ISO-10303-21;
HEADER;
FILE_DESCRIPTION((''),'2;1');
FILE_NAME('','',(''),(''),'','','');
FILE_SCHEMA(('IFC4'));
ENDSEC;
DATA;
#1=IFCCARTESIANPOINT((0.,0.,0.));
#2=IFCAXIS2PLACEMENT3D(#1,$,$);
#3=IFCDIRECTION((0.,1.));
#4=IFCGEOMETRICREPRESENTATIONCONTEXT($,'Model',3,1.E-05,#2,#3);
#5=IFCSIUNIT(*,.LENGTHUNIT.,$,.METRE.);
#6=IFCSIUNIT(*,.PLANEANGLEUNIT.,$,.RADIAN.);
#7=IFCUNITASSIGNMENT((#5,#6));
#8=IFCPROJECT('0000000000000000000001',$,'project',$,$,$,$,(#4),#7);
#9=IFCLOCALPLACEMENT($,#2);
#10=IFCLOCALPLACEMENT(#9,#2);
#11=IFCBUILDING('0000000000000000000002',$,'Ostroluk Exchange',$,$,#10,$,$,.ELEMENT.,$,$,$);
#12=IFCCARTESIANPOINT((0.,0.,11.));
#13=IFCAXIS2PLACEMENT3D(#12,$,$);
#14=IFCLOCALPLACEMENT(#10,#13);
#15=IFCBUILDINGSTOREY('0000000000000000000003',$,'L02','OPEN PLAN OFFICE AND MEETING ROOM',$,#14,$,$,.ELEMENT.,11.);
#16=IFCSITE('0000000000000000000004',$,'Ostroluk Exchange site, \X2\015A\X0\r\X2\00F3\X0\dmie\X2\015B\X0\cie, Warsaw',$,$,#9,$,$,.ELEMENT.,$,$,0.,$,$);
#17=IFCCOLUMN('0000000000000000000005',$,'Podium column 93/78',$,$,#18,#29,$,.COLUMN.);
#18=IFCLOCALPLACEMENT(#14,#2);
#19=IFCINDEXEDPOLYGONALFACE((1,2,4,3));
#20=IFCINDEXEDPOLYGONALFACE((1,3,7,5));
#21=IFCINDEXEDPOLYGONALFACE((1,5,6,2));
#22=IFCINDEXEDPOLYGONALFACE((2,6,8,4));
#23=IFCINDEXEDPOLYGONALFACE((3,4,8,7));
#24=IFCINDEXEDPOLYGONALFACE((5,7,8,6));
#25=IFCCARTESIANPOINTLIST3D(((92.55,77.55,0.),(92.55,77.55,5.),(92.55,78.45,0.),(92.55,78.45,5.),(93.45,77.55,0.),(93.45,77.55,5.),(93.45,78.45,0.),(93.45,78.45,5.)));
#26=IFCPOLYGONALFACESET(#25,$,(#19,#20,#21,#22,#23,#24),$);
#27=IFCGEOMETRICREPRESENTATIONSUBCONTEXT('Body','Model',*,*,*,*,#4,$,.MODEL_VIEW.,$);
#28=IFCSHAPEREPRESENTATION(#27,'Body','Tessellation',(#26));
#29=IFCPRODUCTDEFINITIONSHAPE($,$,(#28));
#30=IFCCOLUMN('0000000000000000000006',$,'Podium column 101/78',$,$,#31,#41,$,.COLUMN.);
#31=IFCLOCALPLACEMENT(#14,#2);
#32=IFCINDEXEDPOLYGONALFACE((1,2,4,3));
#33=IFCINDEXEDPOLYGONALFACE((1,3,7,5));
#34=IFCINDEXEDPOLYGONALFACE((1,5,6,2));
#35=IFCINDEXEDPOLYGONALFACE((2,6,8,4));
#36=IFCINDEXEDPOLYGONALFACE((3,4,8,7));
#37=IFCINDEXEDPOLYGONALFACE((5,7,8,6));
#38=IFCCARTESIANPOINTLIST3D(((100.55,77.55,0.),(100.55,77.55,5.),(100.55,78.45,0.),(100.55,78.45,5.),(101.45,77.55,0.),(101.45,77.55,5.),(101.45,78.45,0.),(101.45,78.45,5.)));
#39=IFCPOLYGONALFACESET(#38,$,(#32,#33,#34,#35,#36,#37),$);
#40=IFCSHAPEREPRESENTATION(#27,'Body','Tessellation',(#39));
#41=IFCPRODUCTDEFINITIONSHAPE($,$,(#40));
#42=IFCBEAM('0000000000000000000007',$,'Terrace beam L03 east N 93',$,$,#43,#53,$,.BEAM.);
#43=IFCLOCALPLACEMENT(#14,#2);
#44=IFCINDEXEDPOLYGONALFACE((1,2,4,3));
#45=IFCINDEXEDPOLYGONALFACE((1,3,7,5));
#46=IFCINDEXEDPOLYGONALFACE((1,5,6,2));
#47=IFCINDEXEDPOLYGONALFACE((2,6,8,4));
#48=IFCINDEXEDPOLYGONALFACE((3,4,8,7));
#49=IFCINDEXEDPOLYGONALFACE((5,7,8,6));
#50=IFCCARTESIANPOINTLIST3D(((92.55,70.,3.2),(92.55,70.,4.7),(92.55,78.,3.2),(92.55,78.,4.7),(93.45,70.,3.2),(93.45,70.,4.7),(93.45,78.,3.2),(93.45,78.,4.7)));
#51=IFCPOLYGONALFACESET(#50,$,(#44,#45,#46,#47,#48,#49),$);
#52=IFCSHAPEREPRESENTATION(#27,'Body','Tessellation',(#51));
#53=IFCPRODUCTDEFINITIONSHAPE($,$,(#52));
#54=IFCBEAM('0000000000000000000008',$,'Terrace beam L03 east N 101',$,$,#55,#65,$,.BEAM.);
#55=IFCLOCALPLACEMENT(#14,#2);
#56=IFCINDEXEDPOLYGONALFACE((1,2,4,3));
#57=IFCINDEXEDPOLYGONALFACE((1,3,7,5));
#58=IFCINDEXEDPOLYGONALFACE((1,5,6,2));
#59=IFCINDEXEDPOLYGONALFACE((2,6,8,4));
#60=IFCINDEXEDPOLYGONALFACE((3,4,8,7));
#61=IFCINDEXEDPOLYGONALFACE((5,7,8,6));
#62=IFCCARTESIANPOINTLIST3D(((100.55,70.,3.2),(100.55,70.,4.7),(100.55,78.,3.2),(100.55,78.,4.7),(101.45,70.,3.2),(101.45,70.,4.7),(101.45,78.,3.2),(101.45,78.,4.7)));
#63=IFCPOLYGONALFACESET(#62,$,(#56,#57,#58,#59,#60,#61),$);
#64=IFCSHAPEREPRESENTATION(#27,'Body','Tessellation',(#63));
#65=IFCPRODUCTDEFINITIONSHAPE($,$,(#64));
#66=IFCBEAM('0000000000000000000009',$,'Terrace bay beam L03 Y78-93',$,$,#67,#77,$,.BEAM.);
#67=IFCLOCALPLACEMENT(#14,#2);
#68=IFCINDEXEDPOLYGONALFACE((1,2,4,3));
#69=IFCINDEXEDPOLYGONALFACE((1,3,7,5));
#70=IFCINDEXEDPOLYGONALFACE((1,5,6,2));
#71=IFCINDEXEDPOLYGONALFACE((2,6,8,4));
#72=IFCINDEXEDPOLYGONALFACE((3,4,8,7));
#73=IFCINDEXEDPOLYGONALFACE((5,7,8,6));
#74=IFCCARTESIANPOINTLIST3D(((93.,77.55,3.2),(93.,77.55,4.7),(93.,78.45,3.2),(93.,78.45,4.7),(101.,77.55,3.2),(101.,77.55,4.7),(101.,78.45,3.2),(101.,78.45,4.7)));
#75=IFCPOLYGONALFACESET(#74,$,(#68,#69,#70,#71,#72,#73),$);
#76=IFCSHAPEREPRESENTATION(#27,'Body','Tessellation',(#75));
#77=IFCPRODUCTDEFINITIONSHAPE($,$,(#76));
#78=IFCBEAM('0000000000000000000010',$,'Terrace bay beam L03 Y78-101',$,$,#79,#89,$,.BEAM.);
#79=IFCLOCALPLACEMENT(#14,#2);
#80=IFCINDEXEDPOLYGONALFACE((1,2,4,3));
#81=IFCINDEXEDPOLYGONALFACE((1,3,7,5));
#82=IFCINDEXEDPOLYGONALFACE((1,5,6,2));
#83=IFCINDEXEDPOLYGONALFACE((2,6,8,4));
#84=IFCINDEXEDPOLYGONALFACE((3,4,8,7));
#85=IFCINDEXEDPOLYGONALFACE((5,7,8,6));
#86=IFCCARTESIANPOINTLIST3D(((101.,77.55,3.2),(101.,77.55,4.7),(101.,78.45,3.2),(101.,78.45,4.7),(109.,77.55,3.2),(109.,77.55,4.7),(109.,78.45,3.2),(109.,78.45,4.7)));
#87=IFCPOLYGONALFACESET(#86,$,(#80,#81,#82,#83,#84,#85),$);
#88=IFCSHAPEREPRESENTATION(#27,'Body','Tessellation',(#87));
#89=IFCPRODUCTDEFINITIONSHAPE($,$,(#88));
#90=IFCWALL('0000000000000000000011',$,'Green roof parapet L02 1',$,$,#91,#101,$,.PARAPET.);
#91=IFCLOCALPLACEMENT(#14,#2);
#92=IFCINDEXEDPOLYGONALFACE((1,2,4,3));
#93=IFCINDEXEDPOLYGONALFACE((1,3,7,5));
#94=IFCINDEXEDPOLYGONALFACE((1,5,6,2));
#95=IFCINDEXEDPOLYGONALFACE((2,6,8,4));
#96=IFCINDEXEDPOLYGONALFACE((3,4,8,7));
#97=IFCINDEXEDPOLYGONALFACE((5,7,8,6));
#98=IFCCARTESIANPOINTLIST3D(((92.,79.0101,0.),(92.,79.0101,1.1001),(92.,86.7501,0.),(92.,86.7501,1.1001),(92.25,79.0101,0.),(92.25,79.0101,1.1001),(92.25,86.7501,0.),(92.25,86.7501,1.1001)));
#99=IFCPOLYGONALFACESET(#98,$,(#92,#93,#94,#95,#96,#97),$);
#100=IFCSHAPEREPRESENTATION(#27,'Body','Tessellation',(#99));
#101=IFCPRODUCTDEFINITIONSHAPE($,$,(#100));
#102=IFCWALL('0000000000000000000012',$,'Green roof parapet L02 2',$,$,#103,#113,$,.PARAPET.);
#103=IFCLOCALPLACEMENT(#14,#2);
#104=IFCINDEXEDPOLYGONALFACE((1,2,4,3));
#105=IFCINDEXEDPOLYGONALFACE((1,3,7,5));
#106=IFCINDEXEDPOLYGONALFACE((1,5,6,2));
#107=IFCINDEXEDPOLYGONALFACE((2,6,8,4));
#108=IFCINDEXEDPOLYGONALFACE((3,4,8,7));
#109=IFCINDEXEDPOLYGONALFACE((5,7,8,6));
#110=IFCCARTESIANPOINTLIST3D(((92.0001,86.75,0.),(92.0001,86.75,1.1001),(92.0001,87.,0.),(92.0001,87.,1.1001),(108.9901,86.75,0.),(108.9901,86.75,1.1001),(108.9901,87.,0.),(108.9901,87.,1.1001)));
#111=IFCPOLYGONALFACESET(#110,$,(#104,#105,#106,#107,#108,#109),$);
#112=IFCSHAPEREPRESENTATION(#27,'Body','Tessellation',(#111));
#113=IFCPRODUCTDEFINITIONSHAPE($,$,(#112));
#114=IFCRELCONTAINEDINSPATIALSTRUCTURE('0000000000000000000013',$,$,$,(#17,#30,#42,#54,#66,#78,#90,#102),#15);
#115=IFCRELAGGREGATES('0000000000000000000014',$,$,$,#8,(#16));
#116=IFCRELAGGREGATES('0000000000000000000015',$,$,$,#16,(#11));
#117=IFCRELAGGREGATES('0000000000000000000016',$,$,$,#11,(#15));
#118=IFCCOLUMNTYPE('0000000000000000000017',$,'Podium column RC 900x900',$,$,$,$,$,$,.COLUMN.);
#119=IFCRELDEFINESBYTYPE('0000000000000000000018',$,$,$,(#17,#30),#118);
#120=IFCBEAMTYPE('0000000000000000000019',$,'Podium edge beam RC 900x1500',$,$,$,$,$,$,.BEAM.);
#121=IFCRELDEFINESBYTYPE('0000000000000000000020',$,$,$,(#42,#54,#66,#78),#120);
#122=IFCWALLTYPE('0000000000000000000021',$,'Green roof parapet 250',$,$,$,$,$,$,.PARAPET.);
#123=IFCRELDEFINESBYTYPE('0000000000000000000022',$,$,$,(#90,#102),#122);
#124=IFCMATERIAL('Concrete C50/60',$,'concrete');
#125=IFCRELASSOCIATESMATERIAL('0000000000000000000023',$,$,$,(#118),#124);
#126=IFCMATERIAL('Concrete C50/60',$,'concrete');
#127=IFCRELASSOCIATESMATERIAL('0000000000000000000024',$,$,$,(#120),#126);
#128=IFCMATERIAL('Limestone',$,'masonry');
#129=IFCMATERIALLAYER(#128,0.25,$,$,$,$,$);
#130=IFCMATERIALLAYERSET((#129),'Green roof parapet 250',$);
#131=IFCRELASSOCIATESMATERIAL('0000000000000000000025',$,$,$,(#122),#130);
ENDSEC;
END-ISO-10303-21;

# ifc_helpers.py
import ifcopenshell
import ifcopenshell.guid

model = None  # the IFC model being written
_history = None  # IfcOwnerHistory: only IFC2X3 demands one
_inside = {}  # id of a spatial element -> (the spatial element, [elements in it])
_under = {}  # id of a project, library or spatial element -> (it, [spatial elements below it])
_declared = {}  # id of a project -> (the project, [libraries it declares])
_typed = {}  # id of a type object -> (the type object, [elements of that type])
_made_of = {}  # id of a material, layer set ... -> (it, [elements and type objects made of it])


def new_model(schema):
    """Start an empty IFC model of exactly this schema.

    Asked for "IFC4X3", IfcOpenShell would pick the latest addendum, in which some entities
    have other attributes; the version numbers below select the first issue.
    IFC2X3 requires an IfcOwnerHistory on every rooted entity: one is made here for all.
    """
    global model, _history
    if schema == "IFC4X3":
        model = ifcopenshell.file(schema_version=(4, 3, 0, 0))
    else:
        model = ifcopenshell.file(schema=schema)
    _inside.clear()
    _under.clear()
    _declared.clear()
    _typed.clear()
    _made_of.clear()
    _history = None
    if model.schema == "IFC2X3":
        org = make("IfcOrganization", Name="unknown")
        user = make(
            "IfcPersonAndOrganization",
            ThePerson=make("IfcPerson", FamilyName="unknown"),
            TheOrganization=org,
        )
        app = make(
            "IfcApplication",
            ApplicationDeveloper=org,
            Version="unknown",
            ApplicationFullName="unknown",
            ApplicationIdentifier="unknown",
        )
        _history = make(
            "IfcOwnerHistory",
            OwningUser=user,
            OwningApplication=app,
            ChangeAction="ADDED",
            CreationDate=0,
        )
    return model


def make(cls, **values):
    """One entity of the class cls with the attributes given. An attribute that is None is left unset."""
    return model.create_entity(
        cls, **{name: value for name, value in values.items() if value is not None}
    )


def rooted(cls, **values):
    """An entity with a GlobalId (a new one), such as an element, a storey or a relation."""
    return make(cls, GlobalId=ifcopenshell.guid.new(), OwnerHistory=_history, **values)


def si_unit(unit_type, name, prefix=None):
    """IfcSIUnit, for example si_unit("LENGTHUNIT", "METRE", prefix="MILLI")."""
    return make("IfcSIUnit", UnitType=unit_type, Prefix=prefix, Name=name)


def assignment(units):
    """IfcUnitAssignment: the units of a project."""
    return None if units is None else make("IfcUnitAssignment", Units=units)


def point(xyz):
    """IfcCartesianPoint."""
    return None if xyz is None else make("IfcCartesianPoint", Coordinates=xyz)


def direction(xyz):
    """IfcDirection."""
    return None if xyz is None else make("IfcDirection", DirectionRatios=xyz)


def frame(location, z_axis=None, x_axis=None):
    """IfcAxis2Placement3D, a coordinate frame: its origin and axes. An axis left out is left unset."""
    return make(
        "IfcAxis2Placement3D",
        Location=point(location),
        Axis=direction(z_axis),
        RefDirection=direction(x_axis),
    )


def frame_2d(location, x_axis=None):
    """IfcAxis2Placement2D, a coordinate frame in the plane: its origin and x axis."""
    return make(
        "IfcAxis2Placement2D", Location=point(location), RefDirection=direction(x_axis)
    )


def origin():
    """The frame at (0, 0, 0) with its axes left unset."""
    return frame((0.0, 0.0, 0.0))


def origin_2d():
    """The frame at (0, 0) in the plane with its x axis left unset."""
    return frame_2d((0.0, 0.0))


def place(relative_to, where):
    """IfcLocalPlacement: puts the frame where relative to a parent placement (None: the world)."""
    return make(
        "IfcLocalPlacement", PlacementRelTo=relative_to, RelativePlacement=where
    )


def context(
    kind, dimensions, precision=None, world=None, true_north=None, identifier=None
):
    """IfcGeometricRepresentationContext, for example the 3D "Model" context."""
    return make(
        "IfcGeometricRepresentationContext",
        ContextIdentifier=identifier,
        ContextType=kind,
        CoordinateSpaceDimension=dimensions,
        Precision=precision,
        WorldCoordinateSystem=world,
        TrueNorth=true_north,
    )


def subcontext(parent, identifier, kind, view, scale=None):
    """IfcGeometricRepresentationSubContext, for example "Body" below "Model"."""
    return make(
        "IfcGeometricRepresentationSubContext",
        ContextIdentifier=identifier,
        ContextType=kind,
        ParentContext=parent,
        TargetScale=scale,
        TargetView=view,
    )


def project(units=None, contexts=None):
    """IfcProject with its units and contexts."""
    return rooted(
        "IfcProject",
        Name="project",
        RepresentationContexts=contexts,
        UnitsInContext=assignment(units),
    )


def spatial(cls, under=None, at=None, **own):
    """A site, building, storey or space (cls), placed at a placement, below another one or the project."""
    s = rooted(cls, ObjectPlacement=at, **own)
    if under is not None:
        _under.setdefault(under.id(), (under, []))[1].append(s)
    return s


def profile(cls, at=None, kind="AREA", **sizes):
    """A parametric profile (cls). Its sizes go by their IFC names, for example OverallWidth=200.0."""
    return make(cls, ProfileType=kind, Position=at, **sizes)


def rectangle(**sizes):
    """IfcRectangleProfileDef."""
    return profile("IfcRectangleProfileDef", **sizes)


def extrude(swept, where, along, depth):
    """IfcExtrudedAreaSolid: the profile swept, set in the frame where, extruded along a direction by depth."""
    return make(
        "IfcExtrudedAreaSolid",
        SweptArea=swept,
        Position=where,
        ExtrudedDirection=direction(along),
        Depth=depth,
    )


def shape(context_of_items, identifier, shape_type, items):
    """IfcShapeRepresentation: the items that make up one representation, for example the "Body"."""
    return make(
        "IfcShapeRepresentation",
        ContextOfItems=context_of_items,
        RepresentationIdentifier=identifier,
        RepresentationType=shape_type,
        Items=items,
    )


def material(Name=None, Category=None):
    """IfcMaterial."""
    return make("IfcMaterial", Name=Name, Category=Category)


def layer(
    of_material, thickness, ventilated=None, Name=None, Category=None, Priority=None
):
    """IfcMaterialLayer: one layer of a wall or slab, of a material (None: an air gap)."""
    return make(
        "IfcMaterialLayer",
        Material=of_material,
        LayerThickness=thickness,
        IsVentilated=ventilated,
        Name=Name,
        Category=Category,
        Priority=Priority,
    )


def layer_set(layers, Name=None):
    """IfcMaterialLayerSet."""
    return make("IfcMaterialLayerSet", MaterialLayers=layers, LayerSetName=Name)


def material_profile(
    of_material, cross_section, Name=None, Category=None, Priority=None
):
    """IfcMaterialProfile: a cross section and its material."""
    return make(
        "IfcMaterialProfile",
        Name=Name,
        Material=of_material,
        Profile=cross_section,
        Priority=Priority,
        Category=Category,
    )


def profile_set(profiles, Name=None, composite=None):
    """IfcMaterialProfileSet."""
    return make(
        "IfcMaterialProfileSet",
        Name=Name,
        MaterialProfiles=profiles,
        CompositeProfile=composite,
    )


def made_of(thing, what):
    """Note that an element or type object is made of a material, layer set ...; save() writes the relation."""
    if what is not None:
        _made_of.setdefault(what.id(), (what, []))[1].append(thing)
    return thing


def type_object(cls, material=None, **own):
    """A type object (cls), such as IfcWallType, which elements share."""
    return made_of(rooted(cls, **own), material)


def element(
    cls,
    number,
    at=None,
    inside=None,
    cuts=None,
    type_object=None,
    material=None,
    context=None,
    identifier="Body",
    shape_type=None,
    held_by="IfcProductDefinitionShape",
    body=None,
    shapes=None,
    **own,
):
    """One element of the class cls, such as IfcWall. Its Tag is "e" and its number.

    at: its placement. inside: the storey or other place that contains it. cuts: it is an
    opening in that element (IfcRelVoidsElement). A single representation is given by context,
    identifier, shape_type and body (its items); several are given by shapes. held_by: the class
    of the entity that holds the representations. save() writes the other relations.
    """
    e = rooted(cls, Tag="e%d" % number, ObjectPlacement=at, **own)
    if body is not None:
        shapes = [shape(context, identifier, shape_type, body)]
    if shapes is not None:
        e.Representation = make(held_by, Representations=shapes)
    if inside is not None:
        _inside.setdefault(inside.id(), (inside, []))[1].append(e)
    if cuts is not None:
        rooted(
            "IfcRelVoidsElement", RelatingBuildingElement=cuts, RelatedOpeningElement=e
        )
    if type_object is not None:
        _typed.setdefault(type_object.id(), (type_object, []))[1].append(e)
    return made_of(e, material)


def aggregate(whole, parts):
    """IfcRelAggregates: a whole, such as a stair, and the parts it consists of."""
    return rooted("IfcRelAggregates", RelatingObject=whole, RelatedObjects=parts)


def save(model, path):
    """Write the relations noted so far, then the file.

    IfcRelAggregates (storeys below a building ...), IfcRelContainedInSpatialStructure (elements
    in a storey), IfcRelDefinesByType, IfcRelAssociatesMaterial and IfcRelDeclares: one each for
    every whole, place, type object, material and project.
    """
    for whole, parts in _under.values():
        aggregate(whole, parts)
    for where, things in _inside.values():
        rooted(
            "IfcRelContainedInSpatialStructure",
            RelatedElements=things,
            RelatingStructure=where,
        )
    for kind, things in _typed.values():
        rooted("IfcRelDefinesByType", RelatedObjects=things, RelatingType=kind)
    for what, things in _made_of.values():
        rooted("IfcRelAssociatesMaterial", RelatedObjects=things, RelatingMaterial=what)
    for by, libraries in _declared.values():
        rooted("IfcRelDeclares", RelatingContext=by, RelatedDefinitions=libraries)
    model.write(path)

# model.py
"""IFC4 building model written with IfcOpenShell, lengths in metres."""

from ifc_helpers import new_model, si_unit, direction, frame, frame_2d, origin, origin_2d, place, context, subcontext, project, spatial, rectangle, extrude, material, layer, layer_set, material_profile, profile_set, type_object, element, save


model = new_model("IFC4")

# Units and contexts
model_context = context("Model", 3, precision=1e-05, world=origin(), true_north=direction((0.0, 1.0)))
body_context = subcontext(model_context, "Body", "Model", "MODEL_VIEW")
ifc_project = project(units=[si_unit("LENGTHUNIT", "METRE"), si_unit("PLANEANGLEUNIT", "RADIAN")], contexts=[model_context])

# Site, building, storey
site_placement = place(None, origin())
site = spatial("IfcSite", under=ifc_project, at=site_placement, Name="Ostroluk Exchange site, Śródmieście, Warsaw", CompositionType="ELEMENT", RefElevation=0.0)
building_placement = place(site_placement, origin())
building = spatial("IfcBuilding", under=site, at=building_placement, Name="Ostroluk Exchange", CompositionType="ELEMENT")
storey_placement = place(building_placement, frame((0.0, 0.0, 11.0)))
storey = spatial("IfcBuildingStorey", under=building, at=storey_placement, Name="L02", Description="OPEN PLAN OFFICE AND MEETING ROOM", CompositionType="ELEMENT", Elevation=11.0)

# Columns
ifc_material_1 = material(Name="Concrete C50/60", Category="concrete")
ifc_material_profile_1 = material_profile(ifc_material_1, rectangle(XDim=0.8999, YDim=0.8999, at=origin_2d()), Name="RC 900x900")
ifc_profile_set_1 = profile_set([ifc_material_profile_1], Name="Concrete C50/60")
column_type = type_object("IfcColumnType", Name="Podium column RC 900x900", PredefinedType="COLUMN", material=ifc_profile_set_1)
for number, where, z_axis, x_axis, name in (
    (1, (93.0, 78.0, 0.0), (0.0, 0.0, 1.0), (1.0, 0.0, 0.0), "Podium column 93/78"),
    (2, (101.0, 78.0, 0.0), (0.0, 0.0, 1.0), (1.0, 0.0, 0.0), "Podium column 101/78"),
):
    element("IfcColumn", number, at=place(storey_placement, frame(where, z_axis=z_axis, x_axis=x_axis)), inside=storey, type_object=column_type, Name=name, PredefinedType="COLUMN", context=body_context, shape_type="SweptSolid", body=[
        extrude(rectangle(XDim=0.8999, YDim=0.8999, at=origin_2d()), origin(), (0.0, 0.0, 1.0), 5.0),
    ])

# Beams
ifc_material_2 = material(Name="Concrete C50/60", Category="concrete")
ifc_material_profile_2 = material_profile(ifc_material_2, rectangle(XDim=0.8999, YDim=1.5, at=origin_2d()), Name="RC 900x1500")
ifc_profile_set_2 = profile_set([ifc_material_profile_2], Name="Concrete C50/60")
beam_type = type_object("IfcBeamType", Name="Podium edge beam RC 900x1500", PredefinedType="BEAM", material=ifc_profile_set_2)
for number, where, z_axis, x_axis, name in (
    (3, (93.0, 78.0, 3.95), (0.0, -1.0, 0.0), (1.0, 0.0, 0.0), "Terrace beam L03 east N 93"),
    (4, (101.0, 78.0, 3.95), (0.0, -1.0, 0.0), (1.0, 0.0, 0.0), "Terrace beam L03 east N 101"),
    (5, (93.0, 78.0, 3.95), (1.0, 0.0, 0.0), (0.0, 1.0, 0.0), "Terrace bay beam L03 Y78-93"),
    (6, (101.0, 78.0, 3.95), (1.0, 0.0, 0.0), (0.0, 1.0, 0.0), "Terrace bay beam L03 Y78-101"),
):
    element("IfcBeam", number, at=place(storey_placement, frame(where, z_axis=z_axis, x_axis=x_axis)), inside=storey, type_object=beam_type, Name=name, PredefinedType="BEAM", context=body_context, shape_type="SweptSolid", body=[
        extrude(rectangle(XDim=0.8999, YDim=1.5, at=origin_2d()), origin(), (0.0, 0.0, 1.0), 8.0),
    ])

# Walls
ifc_material_3 = material(Name="Limestone", Category="masonry")
ifc_layer_1 = layer(ifc_material_3, 0.25)
ifc_layer_set_1 = layer_set([ifc_layer_1], Name="Green roof parapet 250")
wall_type_1 = type_object("IfcWallType", Name="Green roof parapet 250", PredefinedType="PARAPET", material=ifc_layer_set_1)
wall_1_placement = place(storey_placement, frame((92.125, 79.01, 0.0), z_axis=(0.0, 0.0, 1.0), x_axis=(0.0, 1.0, 0.0)))
element("IfcWall", 7, at=wall_1_placement, inside=storey, type_object=wall_type_1, Name="Green roof parapet L02 1", PredefinedType="PARAPET", context=body_context, shape_type="SweptSolid", body=[
    extrude(rectangle(XDim=7.74, YDim=0.25, at=frame_2d((3.8701, 0.0))), origin(), (0.0, 0.0, 1.0), 1.1001),
])
wall_2_placement = place(storey_placement, frame((92.0, 86.875, 0.0), z_axis=(0.0, 0.0, 1.0), x_axis=(1.0, 0.0, 0.0)))
element("IfcWall", 8, at=wall_2_placement, inside=storey, type_object=wall_type_1, Name="Green roof parapet L02 2", PredefinedType="PARAPET", context=body_context, shape_type="SweptSolid", body=[
    extrude(rectangle(XDim=16.99, YDim=0.25, at=frame_2d((8.4951, 0.0))), origin(), (0.0, 0.0, 1.0), 1.1001),
])

save(model, "model.ifc")
